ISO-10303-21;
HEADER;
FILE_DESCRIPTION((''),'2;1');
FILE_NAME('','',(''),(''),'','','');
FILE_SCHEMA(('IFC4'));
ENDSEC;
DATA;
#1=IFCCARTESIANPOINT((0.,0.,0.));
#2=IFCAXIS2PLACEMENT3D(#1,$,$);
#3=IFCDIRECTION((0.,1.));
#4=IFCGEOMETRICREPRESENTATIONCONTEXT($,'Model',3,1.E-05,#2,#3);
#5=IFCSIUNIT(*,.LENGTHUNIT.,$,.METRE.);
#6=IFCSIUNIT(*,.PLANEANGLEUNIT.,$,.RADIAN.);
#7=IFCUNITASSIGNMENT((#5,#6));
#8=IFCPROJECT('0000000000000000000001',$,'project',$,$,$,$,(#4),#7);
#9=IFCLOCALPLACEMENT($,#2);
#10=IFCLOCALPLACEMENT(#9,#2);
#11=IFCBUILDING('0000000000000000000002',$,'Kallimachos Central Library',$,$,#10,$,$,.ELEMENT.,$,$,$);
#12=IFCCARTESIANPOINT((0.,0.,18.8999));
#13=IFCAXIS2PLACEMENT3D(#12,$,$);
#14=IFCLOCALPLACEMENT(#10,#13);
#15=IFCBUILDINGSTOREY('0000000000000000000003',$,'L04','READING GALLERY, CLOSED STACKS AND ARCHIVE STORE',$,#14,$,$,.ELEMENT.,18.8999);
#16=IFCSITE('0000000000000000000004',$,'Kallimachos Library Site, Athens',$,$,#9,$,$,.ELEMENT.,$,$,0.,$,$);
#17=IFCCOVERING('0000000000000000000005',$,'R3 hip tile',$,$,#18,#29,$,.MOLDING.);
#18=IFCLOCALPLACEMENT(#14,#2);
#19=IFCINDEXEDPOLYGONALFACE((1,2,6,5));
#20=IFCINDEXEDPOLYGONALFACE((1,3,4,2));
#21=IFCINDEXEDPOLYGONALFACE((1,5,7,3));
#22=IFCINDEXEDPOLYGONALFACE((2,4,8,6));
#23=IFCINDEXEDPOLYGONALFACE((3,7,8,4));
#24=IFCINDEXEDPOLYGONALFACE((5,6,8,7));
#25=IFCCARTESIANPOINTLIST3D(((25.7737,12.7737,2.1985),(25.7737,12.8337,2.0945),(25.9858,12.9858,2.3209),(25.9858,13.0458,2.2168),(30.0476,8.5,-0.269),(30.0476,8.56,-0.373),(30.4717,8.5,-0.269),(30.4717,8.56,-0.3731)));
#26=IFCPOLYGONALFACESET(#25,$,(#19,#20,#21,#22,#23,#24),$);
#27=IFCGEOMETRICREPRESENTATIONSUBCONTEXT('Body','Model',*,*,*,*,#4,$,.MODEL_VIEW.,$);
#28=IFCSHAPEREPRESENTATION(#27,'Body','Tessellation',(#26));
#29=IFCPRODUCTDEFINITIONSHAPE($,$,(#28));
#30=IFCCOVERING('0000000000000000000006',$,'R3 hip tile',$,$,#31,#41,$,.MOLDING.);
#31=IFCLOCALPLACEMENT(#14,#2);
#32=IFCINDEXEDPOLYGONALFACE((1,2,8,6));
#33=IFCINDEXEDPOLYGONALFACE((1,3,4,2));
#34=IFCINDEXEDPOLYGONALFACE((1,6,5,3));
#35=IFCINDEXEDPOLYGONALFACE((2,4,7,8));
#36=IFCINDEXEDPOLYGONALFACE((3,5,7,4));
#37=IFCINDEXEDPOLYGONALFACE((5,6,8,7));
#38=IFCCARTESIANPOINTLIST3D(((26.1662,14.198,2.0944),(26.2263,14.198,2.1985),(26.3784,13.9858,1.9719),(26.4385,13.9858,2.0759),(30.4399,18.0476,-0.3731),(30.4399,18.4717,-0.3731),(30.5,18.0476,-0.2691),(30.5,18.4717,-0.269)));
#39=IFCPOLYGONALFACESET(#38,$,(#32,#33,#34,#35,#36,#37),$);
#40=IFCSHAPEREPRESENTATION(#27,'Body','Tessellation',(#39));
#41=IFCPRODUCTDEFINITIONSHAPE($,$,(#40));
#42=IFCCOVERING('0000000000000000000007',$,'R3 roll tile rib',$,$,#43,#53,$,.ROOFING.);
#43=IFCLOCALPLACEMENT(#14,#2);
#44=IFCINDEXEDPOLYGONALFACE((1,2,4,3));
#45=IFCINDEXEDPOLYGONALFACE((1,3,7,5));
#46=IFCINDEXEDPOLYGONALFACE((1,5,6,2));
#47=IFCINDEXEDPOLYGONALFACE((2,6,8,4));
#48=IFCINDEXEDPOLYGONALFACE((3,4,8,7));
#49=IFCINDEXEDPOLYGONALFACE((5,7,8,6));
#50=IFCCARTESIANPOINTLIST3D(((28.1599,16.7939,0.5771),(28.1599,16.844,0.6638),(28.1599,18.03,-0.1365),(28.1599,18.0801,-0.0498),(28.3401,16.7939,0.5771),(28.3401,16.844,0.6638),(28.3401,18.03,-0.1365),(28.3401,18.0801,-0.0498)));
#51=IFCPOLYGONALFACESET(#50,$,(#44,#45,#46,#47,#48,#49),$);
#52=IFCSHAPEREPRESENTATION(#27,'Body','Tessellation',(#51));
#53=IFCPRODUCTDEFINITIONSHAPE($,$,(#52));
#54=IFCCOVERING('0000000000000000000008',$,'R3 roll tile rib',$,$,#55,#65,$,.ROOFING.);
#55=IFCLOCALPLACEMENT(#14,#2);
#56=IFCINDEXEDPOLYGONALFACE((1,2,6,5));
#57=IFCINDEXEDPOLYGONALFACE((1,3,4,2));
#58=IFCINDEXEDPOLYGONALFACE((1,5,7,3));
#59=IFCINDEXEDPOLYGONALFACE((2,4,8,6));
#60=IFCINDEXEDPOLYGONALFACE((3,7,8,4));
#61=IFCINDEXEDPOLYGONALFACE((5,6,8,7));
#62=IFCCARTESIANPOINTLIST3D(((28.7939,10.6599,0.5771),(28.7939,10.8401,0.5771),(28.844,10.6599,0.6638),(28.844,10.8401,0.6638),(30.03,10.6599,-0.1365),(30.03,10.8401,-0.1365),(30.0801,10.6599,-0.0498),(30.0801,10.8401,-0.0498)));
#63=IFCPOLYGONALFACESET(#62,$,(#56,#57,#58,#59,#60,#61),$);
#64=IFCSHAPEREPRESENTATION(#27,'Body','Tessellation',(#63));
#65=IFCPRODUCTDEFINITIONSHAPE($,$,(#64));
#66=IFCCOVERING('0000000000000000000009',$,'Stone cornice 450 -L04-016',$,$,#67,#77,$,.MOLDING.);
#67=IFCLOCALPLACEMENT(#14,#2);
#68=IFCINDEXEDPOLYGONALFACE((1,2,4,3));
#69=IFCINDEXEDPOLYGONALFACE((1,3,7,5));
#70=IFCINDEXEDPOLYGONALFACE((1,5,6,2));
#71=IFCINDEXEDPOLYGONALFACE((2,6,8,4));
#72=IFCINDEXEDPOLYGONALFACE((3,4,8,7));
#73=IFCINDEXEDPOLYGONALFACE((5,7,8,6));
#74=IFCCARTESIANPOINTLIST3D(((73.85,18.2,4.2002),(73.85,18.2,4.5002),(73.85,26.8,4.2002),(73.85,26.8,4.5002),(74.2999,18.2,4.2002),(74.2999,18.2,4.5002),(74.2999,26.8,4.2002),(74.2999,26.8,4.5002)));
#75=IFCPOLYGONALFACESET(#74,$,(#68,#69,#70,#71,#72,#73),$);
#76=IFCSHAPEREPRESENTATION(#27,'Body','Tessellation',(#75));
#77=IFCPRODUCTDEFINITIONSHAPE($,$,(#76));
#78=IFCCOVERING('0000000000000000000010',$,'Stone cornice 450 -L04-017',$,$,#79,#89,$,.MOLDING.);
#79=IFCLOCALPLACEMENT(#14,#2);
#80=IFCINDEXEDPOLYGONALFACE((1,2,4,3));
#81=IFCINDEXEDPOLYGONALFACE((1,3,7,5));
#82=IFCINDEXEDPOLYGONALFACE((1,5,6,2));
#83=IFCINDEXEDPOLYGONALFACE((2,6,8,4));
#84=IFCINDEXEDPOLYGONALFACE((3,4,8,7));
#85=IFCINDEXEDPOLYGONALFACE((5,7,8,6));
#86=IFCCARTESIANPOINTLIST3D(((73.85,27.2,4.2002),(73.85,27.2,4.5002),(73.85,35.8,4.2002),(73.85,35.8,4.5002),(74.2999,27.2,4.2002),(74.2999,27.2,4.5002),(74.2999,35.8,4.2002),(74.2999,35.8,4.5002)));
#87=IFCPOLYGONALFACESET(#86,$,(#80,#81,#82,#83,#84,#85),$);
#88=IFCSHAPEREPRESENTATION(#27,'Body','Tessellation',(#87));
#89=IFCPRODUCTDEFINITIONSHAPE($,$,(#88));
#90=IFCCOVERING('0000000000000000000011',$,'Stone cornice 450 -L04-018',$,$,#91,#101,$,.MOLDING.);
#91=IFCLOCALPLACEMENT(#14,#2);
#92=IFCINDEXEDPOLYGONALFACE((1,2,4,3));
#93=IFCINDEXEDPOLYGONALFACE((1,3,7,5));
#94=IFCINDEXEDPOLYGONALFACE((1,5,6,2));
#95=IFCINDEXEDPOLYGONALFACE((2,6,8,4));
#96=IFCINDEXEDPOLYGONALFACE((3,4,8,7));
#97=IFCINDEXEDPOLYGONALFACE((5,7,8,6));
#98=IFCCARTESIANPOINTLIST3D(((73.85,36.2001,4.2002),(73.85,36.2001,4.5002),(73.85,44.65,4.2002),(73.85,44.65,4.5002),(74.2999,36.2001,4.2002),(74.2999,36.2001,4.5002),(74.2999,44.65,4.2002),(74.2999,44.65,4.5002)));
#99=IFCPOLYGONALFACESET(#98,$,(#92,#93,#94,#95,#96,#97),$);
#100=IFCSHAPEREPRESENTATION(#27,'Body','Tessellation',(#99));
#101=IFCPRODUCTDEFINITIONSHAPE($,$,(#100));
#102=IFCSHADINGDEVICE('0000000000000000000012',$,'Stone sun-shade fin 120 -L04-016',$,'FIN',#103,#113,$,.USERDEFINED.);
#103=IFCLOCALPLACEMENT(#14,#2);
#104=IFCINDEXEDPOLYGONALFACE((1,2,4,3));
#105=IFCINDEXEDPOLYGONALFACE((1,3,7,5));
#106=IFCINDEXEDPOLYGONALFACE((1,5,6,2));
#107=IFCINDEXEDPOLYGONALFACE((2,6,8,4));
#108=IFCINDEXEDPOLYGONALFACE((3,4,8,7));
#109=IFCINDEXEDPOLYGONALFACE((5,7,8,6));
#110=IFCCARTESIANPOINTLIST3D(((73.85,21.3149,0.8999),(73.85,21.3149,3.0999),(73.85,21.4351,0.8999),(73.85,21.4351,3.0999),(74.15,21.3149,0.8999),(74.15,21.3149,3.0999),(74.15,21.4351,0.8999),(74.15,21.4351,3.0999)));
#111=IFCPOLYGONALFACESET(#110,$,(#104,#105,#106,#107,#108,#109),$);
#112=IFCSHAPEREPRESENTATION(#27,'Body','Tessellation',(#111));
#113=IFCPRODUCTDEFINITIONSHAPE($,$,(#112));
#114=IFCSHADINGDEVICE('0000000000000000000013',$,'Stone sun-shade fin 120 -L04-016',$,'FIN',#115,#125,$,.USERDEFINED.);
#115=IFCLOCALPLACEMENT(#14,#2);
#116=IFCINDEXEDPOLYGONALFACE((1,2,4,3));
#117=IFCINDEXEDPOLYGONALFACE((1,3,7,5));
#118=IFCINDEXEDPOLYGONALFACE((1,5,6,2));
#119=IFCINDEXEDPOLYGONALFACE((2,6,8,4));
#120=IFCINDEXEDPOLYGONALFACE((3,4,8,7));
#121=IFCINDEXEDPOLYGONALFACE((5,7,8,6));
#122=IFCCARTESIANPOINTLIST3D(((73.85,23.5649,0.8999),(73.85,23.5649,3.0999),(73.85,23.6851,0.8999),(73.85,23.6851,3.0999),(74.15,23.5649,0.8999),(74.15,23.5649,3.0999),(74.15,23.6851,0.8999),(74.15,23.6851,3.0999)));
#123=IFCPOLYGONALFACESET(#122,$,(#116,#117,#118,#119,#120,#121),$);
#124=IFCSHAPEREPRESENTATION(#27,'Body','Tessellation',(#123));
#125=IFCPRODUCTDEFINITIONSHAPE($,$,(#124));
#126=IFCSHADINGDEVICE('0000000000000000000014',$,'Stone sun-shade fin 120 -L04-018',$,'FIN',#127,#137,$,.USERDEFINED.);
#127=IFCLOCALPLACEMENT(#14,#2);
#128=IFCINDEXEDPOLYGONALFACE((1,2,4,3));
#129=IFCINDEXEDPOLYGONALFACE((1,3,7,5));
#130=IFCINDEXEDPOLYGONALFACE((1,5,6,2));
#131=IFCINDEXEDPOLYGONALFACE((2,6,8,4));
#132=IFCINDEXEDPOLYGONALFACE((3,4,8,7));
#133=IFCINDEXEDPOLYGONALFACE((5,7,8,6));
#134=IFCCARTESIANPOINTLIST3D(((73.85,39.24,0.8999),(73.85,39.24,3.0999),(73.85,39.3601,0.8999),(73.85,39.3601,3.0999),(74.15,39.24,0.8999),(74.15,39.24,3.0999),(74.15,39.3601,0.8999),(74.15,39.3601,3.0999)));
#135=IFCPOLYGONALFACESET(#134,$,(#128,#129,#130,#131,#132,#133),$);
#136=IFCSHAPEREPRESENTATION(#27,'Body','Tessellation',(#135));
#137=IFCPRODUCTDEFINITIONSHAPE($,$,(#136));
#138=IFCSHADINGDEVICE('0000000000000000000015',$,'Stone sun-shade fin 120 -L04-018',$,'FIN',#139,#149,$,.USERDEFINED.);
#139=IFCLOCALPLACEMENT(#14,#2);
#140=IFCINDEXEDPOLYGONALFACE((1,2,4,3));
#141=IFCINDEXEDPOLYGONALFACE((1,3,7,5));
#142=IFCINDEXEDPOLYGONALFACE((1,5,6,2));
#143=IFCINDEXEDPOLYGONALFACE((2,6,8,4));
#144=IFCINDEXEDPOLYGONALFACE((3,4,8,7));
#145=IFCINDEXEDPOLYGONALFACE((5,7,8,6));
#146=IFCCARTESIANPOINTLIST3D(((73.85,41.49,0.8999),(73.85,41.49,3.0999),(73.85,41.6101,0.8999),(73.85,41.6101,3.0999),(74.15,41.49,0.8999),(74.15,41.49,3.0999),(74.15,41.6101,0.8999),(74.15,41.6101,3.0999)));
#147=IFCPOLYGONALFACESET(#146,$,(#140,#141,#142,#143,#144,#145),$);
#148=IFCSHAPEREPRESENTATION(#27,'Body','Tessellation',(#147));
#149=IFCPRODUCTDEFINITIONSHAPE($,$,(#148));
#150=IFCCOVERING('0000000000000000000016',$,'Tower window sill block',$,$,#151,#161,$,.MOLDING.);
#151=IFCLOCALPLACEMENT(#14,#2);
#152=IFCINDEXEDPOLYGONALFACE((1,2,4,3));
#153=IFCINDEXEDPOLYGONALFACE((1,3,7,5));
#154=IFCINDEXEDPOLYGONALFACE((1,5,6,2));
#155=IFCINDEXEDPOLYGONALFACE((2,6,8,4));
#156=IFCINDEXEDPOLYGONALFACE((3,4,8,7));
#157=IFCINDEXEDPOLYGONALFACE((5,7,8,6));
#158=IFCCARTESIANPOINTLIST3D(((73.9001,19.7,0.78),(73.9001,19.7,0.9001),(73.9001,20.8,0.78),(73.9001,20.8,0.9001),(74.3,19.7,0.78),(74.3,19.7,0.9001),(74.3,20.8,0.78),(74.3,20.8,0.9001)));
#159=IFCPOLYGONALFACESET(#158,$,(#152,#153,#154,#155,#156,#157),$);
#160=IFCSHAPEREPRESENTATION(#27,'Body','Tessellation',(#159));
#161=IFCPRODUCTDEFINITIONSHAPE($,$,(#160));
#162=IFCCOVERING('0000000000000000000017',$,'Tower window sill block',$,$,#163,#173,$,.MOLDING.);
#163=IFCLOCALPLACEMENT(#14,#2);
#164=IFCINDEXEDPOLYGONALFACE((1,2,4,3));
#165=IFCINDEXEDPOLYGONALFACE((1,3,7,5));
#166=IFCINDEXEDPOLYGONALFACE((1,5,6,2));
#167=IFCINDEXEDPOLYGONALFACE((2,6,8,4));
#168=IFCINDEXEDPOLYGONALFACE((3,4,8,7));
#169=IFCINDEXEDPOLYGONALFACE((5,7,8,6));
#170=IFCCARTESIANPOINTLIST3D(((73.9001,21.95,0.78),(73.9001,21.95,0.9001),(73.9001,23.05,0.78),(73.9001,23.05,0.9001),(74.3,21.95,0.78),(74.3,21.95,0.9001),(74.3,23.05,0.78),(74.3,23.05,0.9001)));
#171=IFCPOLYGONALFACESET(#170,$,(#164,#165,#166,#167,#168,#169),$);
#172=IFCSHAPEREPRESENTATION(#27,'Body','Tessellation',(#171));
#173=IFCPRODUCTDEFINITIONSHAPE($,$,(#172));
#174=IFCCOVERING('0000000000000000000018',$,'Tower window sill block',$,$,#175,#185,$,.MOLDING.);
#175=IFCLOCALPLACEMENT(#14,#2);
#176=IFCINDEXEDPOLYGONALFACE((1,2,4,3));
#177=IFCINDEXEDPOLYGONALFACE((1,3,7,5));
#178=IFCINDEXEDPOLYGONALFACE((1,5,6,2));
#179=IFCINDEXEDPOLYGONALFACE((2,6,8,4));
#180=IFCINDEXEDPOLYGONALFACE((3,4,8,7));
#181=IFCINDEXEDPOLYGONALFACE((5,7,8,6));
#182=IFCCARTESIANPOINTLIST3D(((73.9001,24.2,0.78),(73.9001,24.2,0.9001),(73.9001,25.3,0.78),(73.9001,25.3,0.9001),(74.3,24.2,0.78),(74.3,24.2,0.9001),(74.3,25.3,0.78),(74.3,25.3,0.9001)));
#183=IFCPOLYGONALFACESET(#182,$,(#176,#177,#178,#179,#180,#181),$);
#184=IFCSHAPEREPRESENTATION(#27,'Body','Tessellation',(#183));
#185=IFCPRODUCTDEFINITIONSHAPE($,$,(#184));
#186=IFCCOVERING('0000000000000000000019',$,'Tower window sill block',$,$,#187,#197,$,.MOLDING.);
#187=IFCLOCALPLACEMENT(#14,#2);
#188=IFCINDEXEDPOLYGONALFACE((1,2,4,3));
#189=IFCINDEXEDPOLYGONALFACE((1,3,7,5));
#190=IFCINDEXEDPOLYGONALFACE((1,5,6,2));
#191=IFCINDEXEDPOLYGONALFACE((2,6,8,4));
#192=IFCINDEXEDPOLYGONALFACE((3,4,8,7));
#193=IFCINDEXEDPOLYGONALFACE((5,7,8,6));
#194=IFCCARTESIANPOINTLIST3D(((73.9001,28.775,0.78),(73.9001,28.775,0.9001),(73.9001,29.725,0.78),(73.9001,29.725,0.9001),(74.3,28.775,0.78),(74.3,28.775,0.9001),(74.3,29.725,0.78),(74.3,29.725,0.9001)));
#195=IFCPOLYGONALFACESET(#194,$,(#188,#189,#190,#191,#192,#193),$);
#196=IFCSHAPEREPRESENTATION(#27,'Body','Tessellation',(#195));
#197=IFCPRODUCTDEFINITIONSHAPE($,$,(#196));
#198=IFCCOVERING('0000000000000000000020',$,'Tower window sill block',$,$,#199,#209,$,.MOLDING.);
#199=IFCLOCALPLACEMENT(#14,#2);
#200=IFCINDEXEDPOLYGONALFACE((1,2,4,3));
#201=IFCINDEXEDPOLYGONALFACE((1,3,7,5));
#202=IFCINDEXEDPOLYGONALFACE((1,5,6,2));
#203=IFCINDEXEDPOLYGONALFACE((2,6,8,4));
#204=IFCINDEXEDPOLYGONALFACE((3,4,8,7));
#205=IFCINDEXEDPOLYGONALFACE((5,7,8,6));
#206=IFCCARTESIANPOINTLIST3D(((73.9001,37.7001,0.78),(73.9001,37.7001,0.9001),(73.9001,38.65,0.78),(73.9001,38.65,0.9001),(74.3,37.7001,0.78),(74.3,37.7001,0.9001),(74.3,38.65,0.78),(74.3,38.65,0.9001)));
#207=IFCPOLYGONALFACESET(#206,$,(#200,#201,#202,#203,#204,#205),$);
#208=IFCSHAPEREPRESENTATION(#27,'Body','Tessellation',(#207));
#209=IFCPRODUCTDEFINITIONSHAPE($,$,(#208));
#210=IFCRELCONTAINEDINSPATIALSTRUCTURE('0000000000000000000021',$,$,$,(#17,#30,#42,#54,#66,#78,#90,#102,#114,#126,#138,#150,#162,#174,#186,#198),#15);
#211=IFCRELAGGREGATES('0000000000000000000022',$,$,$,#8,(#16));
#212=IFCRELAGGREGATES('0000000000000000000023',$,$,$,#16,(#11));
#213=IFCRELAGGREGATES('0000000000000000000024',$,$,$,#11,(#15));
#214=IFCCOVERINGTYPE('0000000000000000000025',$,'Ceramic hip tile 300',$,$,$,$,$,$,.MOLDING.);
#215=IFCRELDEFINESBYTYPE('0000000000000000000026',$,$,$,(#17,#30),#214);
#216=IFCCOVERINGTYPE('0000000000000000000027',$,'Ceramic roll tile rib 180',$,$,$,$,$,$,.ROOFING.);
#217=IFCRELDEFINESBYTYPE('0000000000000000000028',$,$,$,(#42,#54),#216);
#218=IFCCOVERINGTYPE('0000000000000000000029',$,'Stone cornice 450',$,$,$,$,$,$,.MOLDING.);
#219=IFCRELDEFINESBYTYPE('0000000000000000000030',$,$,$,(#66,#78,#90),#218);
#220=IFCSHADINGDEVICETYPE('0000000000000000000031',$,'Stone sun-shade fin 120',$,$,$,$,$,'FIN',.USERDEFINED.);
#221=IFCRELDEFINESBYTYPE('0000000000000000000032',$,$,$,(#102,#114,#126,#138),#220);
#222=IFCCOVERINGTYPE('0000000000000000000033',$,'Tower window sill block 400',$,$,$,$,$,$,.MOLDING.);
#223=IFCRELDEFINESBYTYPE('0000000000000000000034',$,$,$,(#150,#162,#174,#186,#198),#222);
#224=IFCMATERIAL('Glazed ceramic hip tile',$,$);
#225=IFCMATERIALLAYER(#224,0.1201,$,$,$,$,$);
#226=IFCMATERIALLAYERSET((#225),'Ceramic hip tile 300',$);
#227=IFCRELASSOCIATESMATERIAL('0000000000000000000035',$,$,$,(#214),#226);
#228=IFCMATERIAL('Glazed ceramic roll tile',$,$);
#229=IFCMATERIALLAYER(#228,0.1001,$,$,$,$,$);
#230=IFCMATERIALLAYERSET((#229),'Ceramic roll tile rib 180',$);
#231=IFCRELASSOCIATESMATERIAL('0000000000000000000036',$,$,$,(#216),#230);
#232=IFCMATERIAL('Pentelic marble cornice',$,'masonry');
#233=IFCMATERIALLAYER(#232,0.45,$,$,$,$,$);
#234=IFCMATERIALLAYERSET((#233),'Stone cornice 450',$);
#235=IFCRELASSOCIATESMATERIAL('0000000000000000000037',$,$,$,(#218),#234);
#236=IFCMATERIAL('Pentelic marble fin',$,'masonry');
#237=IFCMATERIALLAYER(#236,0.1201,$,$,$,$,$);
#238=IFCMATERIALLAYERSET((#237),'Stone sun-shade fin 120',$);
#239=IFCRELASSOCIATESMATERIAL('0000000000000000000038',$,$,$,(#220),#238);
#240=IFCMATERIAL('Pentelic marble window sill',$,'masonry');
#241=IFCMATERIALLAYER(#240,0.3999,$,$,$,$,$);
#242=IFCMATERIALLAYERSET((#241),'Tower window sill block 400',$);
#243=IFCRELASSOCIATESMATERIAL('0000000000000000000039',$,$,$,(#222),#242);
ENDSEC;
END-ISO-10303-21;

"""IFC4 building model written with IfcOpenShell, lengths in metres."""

from ifc_helpers import new_model, si_unit, direction, frame, origin, origin_2d, place, context, subcontext, project, spatial, polyline, rectangle, outline, extrude, material, layer, layer_set, type_object, element, save


model = new_model("IFC4")

# Units and contexts
model_context = context("Model", 3, precision=1e-05, world=origin(), true_north=direction((0.0, 1.0)))
body_context = subcontext(model_context, "Body", "Model", "MODEL_VIEW")
ifc_project = project(units=[si_unit("LENGTHUNIT", "METRE"), si_unit("PLANEANGLEUNIT", "RADIAN")], contexts=[model_context])

# Site, building, storey
site_placement = place(None, origin())
site = spatial("IfcSite", under=ifc_project, at=site_placement, Name="Kallimachos Library Site, Athens", CompositionType="ELEMENT", RefElevation=0.0)
building_placement = place(site_placement, origin())
building = spatial("IfcBuilding", under=site, at=building_placement, Name="Kallimachos Central Library", CompositionType="ELEMENT")
storey_placement = place(building_placement, frame((0.0, 0.0, 18.8999)))
storey = spatial("IfcBuildingStorey", under=building, at=storey_placement, Name="L04", Description="READING GALLERY, CLOSED STACKS AND ARCHIVE STORE", CompositionType="ELEMENT", Elevation=18.8999)

# Coverings
ifc_material_1 = material(Name="Glazed ceramic hip tile")
ifc_layer_1 = layer(ifc_material_1, 0.1201)
ifc_layer_set_1 = layer_set([ifc_layer_1], Name="Ceramic hip tile 300")
covering_type_1 = type_object("IfcCoveringType", Name="Ceramic hip tile 300", PredefinedType="MOLDING", material=ifc_layer_set_1)
covering_1_placement = place(storey_placement, frame((30.4717, 8.5, -0.269), z_axis=(0.00018, -0.499869, 0.866101), x_axis=(-1.0, -0.00009, 0.000156)))
element("IfcCovering", 1, at=covering_1_placement, inside=storey, type_object=covering_type_1, Name="R3 hip tile", PredefinedType="MOLDING", context=body_context, shape_type="SweptSolid", body=[
    extrude(outline(polyline([(0.0, 0.0), (0.4241, 0.0), (4.698, -4.9349), (4.4858, -5.1798), (0.0, 0.0)])), origin(), (0.0, 0.0, -1.0), 0.1201),
])
covering_2_placement = place(storey_placement, frame((30.5, 18.4717, -0.269), z_axis=(0.500063, -0.000066, 0.865989), x_axis=(-0.000033, -1.0, -0.000057)))
element("IfcCovering", 2, at=covering_2_placement, inside=storey, type_object=covering_type_1, Name="R3 hip tile", PredefinedType="MOLDING", context=body_context, shape_type="SweptSolid", body=[
    extrude(outline(polyline([(0.0, 0.0), (0.4241, 0.0), (4.4858, -4.6899), (4.2737, -4.9349), (0.0, 0.0)])), origin(), (0.0, 0.0, -1.0), 0.1201),
])
ifc_material_2 = material(Name="Glazed ceramic roll tile")
ifc_layer_2 = layer(ifc_material_2, 0.1001)
ifc_layer_set_2 = layer_set([ifc_layer_2], Name="Ceramic roll tile rib 180")
covering_type_2 = type_object("IfcCoveringType", Name="Ceramic roll tile rib 180", PredefinedType="ROOFING", material=ifc_layer_set_2)
covering_3_placement = place(storey_placement, frame((28.1599, 16.844, 0.6638), z_axis=(0.0, 0.499984, 0.866035), x_axis=(0.0, 0.866035, -0.499984)))
element("IfcCovering", 3, at=covering_3_placement, inside=storey, type_object=covering_type_2, Name="R3 roll tile rib", PredefinedType="ROOFING", context=body_context, shape_type="SweptSolid", body=[
    extrude(outline(polyline([(0.0, 0.0), (1.4273, 0.0), (1.4273, -0.1802), (0.0, -0.1802), (0.0, 0.0)])), origin(), (0.0, 0.0, -1.0), 0.1001),
])
covering_4_placement = place(storey_placement, frame((28.844, 10.6599, 0.6638), z_axis=(0.499984, 0.0, 0.866035), x_axis=(0.866035, 0.0, -0.499984)))
element("IfcCovering", 4, at=covering_4_placement, inside=storey, type_object=covering_type_2, Name="R3 roll tile rib", PredefinedType="ROOFING", context=body_context, shape_type="SweptSolid", body=[
    extrude(outline(polyline([(0.0, 0.0), (1.4273, 0.0), (1.4273, 0.1802), (0.0, 0.1802), (0.0, 0.0)])), origin(), (0.0, 0.0, -1.0), 0.1001),
])
ifc_material_3 = material(Name="Pentelic marble cornice", Category="masonry")
ifc_layer_3 = layer(ifc_material_3, 0.45)
ifc_layer_set_3 = layer_set([ifc_layer_3], Name="Stone cornice 450")
covering_type_3 = type_object("IfcCoveringType", Name="Stone cornice 450", PredefinedType="MOLDING", material=ifc_layer_set_3)
for number, where, z_axis, x_axis, name in (
    (5, (74.075, 22.5, 4.2002), (0.0, 0.0, 1.0), (1.0, 0.0, 0.0), "Stone cornice 450 -L04-016"),
    (6, (74.075, 31.5, 4.2002), (0.0, 0.0, 1.0), (1.0, 0.0, 0.0), "Stone cornice 450 -L04-017"),
):
    element("IfcCovering", number, at=place(storey_placement, frame(where, z_axis=z_axis, x_axis=x_axis)), inside=storey, type_object=covering_type_3, Name=name, PredefinedType="MOLDING", context=body_context, shape_type="SweptSolid", body=[
        extrude(rectangle(XDim=0.45, YDim=8.6001, at=origin_2d()), origin(), (0.0, 0.0, 1.0), 0.3),
    ])
covering_5_placement = place(storey_placement, frame((74.075, 40.425, 4.2002), z_axis=(0.0, 0.0, 1.0), x_axis=(1.0, 0.0, 0.0)))
element("IfcCovering", 7, at=covering_5_placement, inside=storey, type_object=covering_type_3, Name="Stone cornice 450 -L04-018", PredefinedType="MOLDING", context=body_context, shape_type="SweptSolid", body=[
    extrude(rectangle(XDim=0.45, YDim=8.45, at=origin_2d()), origin(), (0.0, 0.0, 1.0), 0.3),
])

# Shading devices
ifc_material_4 = material(Name="Pentelic marble fin", Category="masonry")
ifc_layer_4 = layer(ifc_material_4, 0.1201)
ifc_layer_set_4 = layer_set([ifc_layer_4], Name="Stone sun-shade fin 120")
shading_device_type = type_object("IfcShadingDeviceType", Name="Stone sun-shade fin 120", ElementType="FIN", PredefinedType="USERDEFINED", material=ifc_layer_set_4)
for number, where, z_axis, x_axis, name in (
    (8, (74.0, 21.375, 0.8999), (0.0, 0.0, 1.0), (1.0, 0.0, 0.0), "Stone sun-shade fin 120 -L04-016"),
    (9, (74.0, 23.625, 0.8999), (0.0, 0.0, 1.0), (1.0, 0.0, 0.0), "Stone sun-shade fin 120 -L04-016"),
    (10, (74.0, 39.3, 0.8999), (0.0, 0.0, 1.0), (1.0, 0.0, 0.0), "Stone sun-shade fin 120 -L04-018"),
    (11, (74.0, 41.55, 0.8999), (0.0, 0.0, 1.0), (1.0, 0.0, 0.0), "Stone sun-shade fin 120 -L04-018"),
):
    element("IfcShadingDevice", number, at=place(storey_placement, frame(where, z_axis=z_axis, x_axis=x_axis)), inside=storey, type_object=shading_device_type, Name=name, ObjectType="FIN", PredefinedType="USERDEFINED", context=body_context, shape_type="SweptSolid", body=[
        extrude(rectangle(XDim=0.3, YDim=0.1201, at=origin_2d()), origin(), (0.0, 0.0, 1.0), 2.2),
    ])

# Coverings
ifc_material_5 = material(Name="Pentelic marble window sill", Category="masonry")
ifc_layer_5 = layer(ifc_material_5, 0.3999)
ifc_layer_set_5 = layer_set([ifc_layer_5], Name="Tower window sill block 400")
covering_type_4 = type_object("IfcCoveringType", Name="Tower window sill block 400", PredefinedType="MOLDING", material=ifc_layer_set_5)
for number, where, z_axis, x_axis, name in (
    (12, (74.1001, 20.25, 0.78), (0.0, 0.0, 1.0), (1.0, 0.0, 0.0), "Tower window sill block"),
    (13, (74.1001, 22.5, 0.78), (0.0, 0.0, 1.0), (1.0, 0.0, 0.0), "Tower window sill block"),
    (14, (74.1001, 24.75, 0.78), (0.0, 0.0, 1.0), (1.0, 0.0, 0.0), "Tower window sill block"),
):
    element("IfcCovering", number, at=place(storey_placement, frame(where, z_axis=z_axis, x_axis=x_axis)), inside=storey, type_object=covering_type_4, Name=name, PredefinedType="MOLDING", context=body_context, shape_type="SweptSolid", body=[
        extrude(rectangle(XDim=0.3999, YDim=1.1001, at=origin_2d()), origin(), (0.0, 0.0, 1.0), 0.1201),
    ])
for number, where, z_axis, x_axis, name in (
    (15, (74.1001, 29.25, 0.78), (0.0, 0.0, 1.0), (1.0, 0.0, 0.0), "Tower window sill block"),
    (16, (74.1001, 38.175, 0.78), (0.0, 0.0, 1.0), (1.0, 0.0, 0.0), "Tower window sill block"),
):
    element("IfcCovering", number, at=place(storey_placement, frame(where, z_axis=z_axis, x_axis=x_axis)), inside=storey, type_object=covering_type_4, Name=name, PredefinedType="MOLDING", context=body_context, shape_type="SweptSolid", body=[
        extrude(rectangle(XDim=0.3999, YDim=0.95, at=origin_2d()), origin(), (0.0, 0.0, 1.0), 0.1201),
    ])

save(model, "model.ifc")
